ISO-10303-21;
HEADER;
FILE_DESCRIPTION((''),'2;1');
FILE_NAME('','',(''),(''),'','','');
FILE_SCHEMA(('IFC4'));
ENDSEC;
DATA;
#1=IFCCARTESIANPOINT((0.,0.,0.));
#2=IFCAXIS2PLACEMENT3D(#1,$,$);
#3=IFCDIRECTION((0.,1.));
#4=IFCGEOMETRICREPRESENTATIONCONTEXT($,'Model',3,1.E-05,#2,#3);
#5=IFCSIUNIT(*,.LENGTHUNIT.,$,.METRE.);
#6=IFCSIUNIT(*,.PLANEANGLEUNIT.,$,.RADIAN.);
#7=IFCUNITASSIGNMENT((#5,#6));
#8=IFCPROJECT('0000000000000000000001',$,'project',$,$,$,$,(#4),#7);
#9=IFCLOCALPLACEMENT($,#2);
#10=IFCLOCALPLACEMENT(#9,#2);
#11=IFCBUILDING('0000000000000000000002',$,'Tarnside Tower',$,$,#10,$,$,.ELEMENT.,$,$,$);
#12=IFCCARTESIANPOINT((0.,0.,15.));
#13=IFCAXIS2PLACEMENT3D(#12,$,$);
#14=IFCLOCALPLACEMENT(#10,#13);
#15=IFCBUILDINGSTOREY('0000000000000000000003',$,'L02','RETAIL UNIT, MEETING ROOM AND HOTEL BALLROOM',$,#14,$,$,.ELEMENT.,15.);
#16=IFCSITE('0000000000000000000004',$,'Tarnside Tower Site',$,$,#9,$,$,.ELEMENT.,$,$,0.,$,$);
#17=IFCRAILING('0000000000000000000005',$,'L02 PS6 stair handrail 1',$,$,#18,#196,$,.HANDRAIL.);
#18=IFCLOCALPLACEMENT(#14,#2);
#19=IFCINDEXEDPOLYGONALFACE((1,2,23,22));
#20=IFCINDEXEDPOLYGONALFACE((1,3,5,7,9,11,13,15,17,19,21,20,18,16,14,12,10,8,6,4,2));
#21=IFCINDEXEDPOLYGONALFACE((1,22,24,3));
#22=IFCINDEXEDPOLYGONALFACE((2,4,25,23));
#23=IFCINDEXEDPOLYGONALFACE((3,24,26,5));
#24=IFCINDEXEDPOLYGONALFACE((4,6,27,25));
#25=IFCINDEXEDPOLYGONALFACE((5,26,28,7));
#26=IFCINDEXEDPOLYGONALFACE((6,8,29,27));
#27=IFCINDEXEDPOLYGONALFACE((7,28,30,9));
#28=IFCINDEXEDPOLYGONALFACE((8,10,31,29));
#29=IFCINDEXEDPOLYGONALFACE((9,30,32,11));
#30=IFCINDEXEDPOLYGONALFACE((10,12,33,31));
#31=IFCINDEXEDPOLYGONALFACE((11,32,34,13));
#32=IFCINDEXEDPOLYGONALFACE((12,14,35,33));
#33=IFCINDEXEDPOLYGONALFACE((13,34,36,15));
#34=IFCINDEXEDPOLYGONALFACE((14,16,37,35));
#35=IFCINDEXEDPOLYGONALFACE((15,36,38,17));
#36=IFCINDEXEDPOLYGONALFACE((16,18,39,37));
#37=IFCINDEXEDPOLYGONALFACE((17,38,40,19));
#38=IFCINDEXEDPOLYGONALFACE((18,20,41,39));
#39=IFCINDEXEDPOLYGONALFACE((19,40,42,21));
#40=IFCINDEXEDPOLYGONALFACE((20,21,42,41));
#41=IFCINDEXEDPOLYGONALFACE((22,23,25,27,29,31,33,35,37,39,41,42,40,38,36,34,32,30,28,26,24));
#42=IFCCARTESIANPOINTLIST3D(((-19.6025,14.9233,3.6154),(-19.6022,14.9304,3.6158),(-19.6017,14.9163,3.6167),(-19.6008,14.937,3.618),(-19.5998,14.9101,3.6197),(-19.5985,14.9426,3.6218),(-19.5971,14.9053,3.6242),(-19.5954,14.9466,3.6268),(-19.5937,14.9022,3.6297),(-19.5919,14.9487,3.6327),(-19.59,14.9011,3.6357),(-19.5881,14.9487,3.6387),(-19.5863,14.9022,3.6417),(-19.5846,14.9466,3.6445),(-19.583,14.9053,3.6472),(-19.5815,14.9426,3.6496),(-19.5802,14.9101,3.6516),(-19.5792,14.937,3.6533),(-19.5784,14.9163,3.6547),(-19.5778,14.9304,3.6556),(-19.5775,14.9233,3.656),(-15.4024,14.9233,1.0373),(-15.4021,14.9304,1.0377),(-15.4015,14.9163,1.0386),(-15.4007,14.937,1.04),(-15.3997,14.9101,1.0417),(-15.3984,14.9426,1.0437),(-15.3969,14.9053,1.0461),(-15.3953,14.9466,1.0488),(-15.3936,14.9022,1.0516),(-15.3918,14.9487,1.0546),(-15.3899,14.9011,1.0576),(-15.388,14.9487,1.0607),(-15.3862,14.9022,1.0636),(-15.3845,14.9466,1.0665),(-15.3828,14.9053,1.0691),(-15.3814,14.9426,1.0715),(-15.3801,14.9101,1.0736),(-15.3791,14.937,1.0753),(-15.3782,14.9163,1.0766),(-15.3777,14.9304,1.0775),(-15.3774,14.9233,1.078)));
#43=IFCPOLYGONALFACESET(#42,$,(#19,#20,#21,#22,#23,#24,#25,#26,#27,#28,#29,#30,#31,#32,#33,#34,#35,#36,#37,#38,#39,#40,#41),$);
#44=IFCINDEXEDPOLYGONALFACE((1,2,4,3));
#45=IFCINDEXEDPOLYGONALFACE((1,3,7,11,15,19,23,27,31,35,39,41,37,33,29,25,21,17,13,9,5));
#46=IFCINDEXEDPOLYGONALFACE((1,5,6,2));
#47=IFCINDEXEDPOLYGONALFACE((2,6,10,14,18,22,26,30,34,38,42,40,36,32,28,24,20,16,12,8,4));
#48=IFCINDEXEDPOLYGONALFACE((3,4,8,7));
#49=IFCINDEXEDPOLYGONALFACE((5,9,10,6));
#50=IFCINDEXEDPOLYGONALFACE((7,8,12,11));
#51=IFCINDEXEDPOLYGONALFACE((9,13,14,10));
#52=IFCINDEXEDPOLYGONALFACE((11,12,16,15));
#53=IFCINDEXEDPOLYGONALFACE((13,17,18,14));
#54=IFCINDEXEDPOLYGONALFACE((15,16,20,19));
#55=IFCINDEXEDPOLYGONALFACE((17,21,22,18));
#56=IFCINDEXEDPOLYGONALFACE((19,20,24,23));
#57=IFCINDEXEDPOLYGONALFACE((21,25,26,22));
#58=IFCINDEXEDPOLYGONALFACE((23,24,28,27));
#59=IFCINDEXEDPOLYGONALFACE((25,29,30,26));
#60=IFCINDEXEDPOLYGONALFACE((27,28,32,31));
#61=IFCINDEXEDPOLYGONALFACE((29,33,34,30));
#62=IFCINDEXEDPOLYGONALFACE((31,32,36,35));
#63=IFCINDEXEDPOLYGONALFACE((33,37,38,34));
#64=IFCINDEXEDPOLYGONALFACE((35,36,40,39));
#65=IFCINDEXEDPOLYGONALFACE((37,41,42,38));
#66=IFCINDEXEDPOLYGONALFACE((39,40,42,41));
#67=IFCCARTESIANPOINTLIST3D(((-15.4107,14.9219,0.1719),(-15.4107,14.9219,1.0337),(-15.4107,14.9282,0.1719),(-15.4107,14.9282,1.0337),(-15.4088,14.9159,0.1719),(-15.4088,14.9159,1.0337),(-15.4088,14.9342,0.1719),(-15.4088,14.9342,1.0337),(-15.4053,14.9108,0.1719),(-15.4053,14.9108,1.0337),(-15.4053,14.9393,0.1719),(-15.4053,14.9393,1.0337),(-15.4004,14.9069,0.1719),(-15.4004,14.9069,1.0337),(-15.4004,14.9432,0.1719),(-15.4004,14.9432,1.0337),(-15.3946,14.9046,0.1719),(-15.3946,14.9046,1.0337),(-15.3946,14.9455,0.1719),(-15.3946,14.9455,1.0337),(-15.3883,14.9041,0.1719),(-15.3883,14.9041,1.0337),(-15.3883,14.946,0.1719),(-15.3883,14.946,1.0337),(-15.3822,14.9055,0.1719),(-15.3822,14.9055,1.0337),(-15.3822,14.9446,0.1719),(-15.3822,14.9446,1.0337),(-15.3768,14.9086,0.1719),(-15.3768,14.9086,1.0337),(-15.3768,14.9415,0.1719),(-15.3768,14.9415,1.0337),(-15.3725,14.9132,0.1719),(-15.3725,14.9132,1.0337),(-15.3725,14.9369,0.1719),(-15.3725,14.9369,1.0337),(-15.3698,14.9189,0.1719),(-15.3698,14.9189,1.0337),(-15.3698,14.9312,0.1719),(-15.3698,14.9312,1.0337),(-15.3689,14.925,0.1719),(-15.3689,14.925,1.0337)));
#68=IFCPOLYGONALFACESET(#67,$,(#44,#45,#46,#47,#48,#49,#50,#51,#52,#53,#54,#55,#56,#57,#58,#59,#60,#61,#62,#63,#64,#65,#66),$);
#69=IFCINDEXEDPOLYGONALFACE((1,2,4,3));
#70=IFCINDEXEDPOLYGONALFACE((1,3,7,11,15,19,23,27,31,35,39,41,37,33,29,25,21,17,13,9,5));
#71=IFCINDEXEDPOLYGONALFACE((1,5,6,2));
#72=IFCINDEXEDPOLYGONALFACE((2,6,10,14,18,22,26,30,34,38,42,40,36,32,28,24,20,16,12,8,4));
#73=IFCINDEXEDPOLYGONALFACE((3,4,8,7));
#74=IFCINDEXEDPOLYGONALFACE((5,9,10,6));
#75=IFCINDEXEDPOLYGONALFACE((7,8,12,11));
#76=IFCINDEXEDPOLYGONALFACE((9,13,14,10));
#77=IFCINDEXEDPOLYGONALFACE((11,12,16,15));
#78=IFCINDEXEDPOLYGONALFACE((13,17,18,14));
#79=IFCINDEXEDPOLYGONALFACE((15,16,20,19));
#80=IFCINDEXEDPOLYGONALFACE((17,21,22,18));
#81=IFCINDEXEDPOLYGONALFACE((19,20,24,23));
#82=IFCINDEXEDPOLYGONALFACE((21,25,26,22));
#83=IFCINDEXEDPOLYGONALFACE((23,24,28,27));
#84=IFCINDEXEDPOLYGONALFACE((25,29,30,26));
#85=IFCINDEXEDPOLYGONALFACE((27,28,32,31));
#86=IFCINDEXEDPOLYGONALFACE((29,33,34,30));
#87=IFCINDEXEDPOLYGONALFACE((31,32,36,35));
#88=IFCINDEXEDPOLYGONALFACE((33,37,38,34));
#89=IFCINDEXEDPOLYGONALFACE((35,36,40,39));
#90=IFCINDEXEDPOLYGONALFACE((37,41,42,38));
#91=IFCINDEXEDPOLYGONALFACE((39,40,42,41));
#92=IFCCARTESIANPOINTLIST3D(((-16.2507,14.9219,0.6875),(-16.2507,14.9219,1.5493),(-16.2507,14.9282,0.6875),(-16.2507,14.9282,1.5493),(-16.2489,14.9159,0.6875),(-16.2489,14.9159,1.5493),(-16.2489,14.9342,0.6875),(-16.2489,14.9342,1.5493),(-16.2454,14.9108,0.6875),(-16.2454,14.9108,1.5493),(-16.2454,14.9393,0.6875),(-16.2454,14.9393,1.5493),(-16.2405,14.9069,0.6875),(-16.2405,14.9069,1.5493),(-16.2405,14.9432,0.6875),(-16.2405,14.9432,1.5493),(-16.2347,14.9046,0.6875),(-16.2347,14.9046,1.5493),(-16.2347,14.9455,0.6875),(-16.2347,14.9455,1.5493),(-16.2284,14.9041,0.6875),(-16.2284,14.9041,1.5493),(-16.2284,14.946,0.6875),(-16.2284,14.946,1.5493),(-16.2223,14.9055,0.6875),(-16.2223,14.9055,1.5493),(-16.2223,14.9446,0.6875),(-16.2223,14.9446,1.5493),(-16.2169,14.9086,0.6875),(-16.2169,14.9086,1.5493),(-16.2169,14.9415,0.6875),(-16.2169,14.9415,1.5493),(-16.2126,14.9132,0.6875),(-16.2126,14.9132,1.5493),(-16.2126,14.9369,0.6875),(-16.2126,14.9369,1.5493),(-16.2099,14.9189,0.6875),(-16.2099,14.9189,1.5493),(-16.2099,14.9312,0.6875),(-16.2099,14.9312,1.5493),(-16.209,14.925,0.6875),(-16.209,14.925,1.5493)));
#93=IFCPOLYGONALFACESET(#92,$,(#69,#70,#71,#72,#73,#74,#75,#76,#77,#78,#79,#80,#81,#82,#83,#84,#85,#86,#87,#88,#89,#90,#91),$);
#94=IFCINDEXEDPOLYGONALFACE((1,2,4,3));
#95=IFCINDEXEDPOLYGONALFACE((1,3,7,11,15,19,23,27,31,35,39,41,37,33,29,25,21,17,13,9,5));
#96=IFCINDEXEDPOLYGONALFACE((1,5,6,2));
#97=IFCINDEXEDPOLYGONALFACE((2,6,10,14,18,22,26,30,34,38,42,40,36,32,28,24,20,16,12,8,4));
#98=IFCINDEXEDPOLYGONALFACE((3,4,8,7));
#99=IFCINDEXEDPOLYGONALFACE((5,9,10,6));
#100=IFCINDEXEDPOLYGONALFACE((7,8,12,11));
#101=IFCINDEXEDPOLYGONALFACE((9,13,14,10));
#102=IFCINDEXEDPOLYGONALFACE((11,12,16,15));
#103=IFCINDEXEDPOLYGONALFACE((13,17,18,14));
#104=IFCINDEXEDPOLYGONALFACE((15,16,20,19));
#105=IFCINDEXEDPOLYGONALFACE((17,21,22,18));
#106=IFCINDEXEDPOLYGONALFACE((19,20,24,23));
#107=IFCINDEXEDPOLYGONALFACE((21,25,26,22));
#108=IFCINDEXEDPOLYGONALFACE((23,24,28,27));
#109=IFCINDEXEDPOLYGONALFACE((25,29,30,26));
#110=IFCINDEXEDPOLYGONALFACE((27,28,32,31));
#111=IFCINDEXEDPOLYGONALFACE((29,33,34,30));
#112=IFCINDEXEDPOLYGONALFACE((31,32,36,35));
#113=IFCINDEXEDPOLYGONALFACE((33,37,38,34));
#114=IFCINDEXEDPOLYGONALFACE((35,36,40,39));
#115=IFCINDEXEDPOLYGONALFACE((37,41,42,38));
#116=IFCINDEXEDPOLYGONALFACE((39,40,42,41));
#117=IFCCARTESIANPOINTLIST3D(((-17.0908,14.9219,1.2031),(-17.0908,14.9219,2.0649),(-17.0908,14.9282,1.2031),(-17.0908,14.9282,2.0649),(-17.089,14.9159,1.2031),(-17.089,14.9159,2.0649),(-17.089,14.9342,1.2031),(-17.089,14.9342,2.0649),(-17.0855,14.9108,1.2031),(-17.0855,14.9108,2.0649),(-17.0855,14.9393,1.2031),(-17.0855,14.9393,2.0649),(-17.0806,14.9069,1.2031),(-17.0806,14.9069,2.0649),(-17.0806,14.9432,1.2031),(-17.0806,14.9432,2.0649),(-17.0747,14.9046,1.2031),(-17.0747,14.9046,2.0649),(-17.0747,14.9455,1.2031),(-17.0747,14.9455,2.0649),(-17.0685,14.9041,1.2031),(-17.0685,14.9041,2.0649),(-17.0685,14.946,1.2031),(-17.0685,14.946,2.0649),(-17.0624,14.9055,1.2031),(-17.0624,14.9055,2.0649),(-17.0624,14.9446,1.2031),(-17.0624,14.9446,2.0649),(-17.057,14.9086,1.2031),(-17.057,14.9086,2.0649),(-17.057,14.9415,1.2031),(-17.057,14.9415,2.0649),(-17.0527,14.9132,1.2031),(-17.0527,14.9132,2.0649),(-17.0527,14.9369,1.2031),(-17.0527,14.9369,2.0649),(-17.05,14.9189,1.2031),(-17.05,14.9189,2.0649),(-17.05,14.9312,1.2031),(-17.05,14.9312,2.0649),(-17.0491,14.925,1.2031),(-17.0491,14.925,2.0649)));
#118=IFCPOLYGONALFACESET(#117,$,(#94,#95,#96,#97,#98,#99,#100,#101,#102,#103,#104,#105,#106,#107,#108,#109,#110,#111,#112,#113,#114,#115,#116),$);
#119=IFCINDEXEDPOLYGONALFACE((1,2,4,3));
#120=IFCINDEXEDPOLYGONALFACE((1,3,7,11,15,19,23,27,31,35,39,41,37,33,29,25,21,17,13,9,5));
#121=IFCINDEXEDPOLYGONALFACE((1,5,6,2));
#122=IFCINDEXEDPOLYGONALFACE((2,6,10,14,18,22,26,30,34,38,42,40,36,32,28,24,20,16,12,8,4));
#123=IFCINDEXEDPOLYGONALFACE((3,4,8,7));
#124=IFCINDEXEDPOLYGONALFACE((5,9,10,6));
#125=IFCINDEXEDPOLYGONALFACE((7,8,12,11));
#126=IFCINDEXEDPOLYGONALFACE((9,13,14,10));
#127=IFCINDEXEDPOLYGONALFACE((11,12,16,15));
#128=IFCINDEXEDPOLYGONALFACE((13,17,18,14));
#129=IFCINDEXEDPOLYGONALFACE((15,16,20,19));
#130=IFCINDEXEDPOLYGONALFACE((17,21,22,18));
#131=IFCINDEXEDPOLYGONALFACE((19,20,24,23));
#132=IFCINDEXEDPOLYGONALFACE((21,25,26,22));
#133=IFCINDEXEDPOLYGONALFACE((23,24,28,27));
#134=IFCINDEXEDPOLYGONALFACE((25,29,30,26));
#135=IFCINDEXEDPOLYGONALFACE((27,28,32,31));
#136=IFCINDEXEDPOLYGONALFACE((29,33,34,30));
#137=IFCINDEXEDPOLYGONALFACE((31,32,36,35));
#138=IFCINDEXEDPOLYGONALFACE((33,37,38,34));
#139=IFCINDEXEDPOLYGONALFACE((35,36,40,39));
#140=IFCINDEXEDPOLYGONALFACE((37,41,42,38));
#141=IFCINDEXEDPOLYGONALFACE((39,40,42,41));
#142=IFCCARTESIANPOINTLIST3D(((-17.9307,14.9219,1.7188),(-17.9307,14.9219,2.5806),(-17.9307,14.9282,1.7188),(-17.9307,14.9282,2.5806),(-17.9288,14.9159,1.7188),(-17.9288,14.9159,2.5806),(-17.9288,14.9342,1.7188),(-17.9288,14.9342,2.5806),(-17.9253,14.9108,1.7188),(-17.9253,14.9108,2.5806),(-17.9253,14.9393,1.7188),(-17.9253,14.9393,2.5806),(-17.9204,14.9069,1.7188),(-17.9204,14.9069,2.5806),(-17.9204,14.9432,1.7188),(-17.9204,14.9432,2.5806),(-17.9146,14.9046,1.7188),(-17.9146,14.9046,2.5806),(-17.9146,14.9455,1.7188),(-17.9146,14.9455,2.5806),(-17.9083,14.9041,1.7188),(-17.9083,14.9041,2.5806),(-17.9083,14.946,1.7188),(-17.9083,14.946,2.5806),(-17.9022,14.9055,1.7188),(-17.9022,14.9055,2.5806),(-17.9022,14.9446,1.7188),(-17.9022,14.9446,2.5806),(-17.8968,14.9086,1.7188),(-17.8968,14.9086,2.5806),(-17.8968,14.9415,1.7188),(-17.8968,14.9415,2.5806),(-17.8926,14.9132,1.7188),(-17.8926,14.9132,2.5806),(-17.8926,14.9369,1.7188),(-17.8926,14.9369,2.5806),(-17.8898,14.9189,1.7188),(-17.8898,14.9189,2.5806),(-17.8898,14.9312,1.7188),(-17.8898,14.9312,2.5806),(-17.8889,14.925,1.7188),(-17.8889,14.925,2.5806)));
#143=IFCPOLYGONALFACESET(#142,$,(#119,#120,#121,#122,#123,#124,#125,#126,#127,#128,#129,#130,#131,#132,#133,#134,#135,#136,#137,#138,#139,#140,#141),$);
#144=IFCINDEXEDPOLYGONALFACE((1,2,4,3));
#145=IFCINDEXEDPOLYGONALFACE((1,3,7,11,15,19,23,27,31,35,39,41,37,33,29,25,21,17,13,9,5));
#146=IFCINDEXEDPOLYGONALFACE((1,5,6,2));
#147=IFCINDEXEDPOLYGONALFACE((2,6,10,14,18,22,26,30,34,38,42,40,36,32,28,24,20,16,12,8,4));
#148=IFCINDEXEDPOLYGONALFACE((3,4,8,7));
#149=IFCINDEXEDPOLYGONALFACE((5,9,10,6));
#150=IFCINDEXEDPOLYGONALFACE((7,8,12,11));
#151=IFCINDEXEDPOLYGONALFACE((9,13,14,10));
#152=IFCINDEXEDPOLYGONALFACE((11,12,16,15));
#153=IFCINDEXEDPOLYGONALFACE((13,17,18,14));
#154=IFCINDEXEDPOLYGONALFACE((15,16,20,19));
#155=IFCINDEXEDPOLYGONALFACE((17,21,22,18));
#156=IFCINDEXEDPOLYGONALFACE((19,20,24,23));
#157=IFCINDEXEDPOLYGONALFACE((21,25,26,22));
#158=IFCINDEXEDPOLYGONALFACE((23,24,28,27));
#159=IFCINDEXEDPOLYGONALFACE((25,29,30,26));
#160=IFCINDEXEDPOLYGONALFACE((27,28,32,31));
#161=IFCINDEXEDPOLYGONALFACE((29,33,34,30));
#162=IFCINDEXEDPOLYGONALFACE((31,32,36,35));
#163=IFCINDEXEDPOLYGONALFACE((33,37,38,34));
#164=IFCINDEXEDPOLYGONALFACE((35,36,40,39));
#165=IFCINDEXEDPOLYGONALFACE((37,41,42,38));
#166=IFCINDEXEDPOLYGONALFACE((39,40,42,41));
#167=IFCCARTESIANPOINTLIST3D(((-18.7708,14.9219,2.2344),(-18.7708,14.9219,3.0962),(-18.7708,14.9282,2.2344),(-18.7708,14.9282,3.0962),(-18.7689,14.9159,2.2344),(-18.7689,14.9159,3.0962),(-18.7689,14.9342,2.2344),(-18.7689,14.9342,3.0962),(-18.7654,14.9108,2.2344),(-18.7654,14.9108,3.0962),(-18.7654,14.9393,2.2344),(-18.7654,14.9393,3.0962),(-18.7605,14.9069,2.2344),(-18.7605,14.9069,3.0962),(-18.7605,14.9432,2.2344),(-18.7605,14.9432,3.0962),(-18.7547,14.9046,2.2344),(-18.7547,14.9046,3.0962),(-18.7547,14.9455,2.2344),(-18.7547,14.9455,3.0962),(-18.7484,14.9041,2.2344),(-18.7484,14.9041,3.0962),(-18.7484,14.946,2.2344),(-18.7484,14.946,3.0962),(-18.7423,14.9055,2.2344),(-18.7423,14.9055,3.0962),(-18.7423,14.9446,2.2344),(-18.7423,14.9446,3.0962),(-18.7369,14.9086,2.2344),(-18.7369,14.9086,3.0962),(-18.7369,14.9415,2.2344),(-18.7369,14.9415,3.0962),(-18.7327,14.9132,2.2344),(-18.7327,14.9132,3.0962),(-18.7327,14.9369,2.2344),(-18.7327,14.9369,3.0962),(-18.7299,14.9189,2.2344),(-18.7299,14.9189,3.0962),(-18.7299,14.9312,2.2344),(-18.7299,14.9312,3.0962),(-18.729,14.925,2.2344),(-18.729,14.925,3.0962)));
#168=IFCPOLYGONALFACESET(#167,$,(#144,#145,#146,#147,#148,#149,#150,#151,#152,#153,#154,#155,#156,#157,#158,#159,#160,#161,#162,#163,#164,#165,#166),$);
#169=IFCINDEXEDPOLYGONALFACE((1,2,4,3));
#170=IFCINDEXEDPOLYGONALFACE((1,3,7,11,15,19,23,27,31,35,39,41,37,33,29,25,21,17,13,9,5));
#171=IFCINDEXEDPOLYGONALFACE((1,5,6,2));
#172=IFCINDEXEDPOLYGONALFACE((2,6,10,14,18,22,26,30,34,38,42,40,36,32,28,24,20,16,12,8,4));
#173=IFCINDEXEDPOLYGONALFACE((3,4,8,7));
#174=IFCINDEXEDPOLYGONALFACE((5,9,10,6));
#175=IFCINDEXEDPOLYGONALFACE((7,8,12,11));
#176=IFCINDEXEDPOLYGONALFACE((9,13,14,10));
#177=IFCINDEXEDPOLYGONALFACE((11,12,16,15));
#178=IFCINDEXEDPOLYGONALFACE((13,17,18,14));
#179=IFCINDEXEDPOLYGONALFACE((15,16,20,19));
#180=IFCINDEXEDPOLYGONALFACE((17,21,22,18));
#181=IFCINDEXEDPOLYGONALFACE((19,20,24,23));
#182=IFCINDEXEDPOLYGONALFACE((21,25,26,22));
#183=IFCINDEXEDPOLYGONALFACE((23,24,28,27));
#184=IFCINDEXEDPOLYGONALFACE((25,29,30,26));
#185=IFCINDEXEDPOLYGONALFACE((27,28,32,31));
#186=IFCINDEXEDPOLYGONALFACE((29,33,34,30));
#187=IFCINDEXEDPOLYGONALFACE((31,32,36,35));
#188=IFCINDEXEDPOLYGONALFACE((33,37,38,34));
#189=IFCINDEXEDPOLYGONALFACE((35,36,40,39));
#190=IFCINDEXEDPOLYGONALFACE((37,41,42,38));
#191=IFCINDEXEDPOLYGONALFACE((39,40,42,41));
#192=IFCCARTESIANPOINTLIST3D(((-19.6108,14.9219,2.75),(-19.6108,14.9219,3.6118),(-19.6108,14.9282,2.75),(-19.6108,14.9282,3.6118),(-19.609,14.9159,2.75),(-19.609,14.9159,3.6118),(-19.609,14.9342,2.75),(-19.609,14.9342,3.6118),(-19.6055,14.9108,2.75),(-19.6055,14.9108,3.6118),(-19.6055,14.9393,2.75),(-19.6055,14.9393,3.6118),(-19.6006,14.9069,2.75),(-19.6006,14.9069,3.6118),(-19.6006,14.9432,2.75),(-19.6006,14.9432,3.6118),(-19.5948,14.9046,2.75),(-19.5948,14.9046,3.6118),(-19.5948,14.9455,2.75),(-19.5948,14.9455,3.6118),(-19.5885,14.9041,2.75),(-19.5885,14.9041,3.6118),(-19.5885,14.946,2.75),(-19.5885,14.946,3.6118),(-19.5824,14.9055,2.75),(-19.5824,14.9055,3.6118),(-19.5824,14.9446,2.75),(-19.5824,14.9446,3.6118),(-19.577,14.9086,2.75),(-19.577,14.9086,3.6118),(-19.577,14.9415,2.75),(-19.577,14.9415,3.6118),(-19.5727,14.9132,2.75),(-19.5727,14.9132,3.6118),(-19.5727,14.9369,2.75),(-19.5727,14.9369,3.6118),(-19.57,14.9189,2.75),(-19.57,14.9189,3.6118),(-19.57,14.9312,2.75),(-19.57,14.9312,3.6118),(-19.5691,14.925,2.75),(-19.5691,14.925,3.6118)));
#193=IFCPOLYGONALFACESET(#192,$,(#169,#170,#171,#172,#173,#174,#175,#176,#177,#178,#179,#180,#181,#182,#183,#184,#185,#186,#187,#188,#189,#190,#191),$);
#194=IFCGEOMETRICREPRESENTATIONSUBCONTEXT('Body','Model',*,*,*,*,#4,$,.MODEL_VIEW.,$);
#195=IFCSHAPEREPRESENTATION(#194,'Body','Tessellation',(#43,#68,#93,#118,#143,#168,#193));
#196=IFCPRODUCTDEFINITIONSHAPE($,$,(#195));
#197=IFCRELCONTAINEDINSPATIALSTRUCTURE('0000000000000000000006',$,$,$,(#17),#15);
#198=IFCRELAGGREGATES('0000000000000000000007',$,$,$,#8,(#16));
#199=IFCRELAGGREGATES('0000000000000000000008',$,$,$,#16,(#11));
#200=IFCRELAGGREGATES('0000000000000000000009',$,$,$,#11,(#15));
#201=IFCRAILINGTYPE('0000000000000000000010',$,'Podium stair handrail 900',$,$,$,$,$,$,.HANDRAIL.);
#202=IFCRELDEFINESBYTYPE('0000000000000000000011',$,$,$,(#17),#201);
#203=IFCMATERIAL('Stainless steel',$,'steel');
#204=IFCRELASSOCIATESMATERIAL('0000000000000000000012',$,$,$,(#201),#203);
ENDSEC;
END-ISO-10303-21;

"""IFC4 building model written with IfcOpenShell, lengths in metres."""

from ifc_helpers import new_model, si_unit, direction, frame, origin, origin_2d, place, context, subcontext, project, spatial, circle, extrude, material, type_object, element, save


model = new_model("IFC4")

# Units and contexts
model_context = context("Model", 3, precision=1e-05, world=origin(), true_north=direction((0.0, 1.0)))
body_context = subcontext(model_context, "Body", "Model", "MODEL_VIEW")
ifc_project = project(units=[si_unit("LENGTHUNIT", "METRE"), si_unit("PLANEANGLEUNIT", "RADIAN")], contexts=[model_context])

# Site, building, storey
site_placement = place(None, origin())
site = spatial("IfcSite", under=ifc_project, at=site_placement, Name="Tarnside Tower Site", CompositionType="ELEMENT", RefElevation=0.0)
building_placement = place(site_placement, origin())
building = spatial("IfcBuilding", under=site, at=building_placement, Name="Tarnside Tower", CompositionType="ELEMENT")
storey_placement = place(building_placement, frame((0.0, 0.0, 15.0)))
storey = spatial("IfcBuildingStorey", under=building, at=storey_placement, Name="L02", Description="RETAIL UNIT, MEETING ROOM AND HOTEL BALLROOM", CompositionType="ELEMENT", Elevation=15.0)

# Railing
ifc_material_1 = material(Name="Stainless steel", Category="steel")
railing_type = type_object("IfcRailingType", Name="Podium stair handrail 900", PredefinedType="HANDRAIL", material=ifc_material_1)
railing_placement = place(storey_placement, frame((-15.3899, 14.925, 0.1719)))
element("IfcRailing", 1, at=railing_placement, inside=storey, type_object=railing_type, Name="L02 PS6 stair handrail 1", PredefinedType="HANDRAIL", context=body_context, shape_type="SweptSolid", body=[
    extrude(circle(Radius=0.0239, at=origin_2d()), frame((0.0, 0.0, 0.8857), z_axis=(-0.852256, 0.0, 0.523124), x_axis=(0.0, -1.0, 0.0)), (0.0, 0.0, 1.0), 4.9282),
    extrude(circle(Radius=0.021, at=origin_2d()), origin(), (0.0, 0.0, 1.0), 0.8618),
    extrude(circle(Radius=0.021, at=origin_2d()), frame((-0.8401, 0.0, 0.5156)), (0.0, 0.0, 1.0), 0.8618),
    extrude(circle(Radius=0.021, at=origin_2d()), frame((-1.6802, 0.0, 1.0312)), (0.0, 0.0, 1.0), 0.8618),
    extrude(circle(Radius=0.021, at=origin_2d()), frame((-2.52, 0.0, 1.5469)), (0.0, 0.0, 1.0), 0.8618),
    extrude(circle(Radius=0.021, at=origin_2d()), frame((-3.3601, 0.0, 2.0625)), (0.0, 0.0, 1.0), 0.8618),
    extrude(circle(Radius=0.021, at=origin_2d()), frame((-4.2002, 0.0, 2.5781)), (0.0, 0.0, 1.0), 0.8618),
])

save(model, "model.ifc")
